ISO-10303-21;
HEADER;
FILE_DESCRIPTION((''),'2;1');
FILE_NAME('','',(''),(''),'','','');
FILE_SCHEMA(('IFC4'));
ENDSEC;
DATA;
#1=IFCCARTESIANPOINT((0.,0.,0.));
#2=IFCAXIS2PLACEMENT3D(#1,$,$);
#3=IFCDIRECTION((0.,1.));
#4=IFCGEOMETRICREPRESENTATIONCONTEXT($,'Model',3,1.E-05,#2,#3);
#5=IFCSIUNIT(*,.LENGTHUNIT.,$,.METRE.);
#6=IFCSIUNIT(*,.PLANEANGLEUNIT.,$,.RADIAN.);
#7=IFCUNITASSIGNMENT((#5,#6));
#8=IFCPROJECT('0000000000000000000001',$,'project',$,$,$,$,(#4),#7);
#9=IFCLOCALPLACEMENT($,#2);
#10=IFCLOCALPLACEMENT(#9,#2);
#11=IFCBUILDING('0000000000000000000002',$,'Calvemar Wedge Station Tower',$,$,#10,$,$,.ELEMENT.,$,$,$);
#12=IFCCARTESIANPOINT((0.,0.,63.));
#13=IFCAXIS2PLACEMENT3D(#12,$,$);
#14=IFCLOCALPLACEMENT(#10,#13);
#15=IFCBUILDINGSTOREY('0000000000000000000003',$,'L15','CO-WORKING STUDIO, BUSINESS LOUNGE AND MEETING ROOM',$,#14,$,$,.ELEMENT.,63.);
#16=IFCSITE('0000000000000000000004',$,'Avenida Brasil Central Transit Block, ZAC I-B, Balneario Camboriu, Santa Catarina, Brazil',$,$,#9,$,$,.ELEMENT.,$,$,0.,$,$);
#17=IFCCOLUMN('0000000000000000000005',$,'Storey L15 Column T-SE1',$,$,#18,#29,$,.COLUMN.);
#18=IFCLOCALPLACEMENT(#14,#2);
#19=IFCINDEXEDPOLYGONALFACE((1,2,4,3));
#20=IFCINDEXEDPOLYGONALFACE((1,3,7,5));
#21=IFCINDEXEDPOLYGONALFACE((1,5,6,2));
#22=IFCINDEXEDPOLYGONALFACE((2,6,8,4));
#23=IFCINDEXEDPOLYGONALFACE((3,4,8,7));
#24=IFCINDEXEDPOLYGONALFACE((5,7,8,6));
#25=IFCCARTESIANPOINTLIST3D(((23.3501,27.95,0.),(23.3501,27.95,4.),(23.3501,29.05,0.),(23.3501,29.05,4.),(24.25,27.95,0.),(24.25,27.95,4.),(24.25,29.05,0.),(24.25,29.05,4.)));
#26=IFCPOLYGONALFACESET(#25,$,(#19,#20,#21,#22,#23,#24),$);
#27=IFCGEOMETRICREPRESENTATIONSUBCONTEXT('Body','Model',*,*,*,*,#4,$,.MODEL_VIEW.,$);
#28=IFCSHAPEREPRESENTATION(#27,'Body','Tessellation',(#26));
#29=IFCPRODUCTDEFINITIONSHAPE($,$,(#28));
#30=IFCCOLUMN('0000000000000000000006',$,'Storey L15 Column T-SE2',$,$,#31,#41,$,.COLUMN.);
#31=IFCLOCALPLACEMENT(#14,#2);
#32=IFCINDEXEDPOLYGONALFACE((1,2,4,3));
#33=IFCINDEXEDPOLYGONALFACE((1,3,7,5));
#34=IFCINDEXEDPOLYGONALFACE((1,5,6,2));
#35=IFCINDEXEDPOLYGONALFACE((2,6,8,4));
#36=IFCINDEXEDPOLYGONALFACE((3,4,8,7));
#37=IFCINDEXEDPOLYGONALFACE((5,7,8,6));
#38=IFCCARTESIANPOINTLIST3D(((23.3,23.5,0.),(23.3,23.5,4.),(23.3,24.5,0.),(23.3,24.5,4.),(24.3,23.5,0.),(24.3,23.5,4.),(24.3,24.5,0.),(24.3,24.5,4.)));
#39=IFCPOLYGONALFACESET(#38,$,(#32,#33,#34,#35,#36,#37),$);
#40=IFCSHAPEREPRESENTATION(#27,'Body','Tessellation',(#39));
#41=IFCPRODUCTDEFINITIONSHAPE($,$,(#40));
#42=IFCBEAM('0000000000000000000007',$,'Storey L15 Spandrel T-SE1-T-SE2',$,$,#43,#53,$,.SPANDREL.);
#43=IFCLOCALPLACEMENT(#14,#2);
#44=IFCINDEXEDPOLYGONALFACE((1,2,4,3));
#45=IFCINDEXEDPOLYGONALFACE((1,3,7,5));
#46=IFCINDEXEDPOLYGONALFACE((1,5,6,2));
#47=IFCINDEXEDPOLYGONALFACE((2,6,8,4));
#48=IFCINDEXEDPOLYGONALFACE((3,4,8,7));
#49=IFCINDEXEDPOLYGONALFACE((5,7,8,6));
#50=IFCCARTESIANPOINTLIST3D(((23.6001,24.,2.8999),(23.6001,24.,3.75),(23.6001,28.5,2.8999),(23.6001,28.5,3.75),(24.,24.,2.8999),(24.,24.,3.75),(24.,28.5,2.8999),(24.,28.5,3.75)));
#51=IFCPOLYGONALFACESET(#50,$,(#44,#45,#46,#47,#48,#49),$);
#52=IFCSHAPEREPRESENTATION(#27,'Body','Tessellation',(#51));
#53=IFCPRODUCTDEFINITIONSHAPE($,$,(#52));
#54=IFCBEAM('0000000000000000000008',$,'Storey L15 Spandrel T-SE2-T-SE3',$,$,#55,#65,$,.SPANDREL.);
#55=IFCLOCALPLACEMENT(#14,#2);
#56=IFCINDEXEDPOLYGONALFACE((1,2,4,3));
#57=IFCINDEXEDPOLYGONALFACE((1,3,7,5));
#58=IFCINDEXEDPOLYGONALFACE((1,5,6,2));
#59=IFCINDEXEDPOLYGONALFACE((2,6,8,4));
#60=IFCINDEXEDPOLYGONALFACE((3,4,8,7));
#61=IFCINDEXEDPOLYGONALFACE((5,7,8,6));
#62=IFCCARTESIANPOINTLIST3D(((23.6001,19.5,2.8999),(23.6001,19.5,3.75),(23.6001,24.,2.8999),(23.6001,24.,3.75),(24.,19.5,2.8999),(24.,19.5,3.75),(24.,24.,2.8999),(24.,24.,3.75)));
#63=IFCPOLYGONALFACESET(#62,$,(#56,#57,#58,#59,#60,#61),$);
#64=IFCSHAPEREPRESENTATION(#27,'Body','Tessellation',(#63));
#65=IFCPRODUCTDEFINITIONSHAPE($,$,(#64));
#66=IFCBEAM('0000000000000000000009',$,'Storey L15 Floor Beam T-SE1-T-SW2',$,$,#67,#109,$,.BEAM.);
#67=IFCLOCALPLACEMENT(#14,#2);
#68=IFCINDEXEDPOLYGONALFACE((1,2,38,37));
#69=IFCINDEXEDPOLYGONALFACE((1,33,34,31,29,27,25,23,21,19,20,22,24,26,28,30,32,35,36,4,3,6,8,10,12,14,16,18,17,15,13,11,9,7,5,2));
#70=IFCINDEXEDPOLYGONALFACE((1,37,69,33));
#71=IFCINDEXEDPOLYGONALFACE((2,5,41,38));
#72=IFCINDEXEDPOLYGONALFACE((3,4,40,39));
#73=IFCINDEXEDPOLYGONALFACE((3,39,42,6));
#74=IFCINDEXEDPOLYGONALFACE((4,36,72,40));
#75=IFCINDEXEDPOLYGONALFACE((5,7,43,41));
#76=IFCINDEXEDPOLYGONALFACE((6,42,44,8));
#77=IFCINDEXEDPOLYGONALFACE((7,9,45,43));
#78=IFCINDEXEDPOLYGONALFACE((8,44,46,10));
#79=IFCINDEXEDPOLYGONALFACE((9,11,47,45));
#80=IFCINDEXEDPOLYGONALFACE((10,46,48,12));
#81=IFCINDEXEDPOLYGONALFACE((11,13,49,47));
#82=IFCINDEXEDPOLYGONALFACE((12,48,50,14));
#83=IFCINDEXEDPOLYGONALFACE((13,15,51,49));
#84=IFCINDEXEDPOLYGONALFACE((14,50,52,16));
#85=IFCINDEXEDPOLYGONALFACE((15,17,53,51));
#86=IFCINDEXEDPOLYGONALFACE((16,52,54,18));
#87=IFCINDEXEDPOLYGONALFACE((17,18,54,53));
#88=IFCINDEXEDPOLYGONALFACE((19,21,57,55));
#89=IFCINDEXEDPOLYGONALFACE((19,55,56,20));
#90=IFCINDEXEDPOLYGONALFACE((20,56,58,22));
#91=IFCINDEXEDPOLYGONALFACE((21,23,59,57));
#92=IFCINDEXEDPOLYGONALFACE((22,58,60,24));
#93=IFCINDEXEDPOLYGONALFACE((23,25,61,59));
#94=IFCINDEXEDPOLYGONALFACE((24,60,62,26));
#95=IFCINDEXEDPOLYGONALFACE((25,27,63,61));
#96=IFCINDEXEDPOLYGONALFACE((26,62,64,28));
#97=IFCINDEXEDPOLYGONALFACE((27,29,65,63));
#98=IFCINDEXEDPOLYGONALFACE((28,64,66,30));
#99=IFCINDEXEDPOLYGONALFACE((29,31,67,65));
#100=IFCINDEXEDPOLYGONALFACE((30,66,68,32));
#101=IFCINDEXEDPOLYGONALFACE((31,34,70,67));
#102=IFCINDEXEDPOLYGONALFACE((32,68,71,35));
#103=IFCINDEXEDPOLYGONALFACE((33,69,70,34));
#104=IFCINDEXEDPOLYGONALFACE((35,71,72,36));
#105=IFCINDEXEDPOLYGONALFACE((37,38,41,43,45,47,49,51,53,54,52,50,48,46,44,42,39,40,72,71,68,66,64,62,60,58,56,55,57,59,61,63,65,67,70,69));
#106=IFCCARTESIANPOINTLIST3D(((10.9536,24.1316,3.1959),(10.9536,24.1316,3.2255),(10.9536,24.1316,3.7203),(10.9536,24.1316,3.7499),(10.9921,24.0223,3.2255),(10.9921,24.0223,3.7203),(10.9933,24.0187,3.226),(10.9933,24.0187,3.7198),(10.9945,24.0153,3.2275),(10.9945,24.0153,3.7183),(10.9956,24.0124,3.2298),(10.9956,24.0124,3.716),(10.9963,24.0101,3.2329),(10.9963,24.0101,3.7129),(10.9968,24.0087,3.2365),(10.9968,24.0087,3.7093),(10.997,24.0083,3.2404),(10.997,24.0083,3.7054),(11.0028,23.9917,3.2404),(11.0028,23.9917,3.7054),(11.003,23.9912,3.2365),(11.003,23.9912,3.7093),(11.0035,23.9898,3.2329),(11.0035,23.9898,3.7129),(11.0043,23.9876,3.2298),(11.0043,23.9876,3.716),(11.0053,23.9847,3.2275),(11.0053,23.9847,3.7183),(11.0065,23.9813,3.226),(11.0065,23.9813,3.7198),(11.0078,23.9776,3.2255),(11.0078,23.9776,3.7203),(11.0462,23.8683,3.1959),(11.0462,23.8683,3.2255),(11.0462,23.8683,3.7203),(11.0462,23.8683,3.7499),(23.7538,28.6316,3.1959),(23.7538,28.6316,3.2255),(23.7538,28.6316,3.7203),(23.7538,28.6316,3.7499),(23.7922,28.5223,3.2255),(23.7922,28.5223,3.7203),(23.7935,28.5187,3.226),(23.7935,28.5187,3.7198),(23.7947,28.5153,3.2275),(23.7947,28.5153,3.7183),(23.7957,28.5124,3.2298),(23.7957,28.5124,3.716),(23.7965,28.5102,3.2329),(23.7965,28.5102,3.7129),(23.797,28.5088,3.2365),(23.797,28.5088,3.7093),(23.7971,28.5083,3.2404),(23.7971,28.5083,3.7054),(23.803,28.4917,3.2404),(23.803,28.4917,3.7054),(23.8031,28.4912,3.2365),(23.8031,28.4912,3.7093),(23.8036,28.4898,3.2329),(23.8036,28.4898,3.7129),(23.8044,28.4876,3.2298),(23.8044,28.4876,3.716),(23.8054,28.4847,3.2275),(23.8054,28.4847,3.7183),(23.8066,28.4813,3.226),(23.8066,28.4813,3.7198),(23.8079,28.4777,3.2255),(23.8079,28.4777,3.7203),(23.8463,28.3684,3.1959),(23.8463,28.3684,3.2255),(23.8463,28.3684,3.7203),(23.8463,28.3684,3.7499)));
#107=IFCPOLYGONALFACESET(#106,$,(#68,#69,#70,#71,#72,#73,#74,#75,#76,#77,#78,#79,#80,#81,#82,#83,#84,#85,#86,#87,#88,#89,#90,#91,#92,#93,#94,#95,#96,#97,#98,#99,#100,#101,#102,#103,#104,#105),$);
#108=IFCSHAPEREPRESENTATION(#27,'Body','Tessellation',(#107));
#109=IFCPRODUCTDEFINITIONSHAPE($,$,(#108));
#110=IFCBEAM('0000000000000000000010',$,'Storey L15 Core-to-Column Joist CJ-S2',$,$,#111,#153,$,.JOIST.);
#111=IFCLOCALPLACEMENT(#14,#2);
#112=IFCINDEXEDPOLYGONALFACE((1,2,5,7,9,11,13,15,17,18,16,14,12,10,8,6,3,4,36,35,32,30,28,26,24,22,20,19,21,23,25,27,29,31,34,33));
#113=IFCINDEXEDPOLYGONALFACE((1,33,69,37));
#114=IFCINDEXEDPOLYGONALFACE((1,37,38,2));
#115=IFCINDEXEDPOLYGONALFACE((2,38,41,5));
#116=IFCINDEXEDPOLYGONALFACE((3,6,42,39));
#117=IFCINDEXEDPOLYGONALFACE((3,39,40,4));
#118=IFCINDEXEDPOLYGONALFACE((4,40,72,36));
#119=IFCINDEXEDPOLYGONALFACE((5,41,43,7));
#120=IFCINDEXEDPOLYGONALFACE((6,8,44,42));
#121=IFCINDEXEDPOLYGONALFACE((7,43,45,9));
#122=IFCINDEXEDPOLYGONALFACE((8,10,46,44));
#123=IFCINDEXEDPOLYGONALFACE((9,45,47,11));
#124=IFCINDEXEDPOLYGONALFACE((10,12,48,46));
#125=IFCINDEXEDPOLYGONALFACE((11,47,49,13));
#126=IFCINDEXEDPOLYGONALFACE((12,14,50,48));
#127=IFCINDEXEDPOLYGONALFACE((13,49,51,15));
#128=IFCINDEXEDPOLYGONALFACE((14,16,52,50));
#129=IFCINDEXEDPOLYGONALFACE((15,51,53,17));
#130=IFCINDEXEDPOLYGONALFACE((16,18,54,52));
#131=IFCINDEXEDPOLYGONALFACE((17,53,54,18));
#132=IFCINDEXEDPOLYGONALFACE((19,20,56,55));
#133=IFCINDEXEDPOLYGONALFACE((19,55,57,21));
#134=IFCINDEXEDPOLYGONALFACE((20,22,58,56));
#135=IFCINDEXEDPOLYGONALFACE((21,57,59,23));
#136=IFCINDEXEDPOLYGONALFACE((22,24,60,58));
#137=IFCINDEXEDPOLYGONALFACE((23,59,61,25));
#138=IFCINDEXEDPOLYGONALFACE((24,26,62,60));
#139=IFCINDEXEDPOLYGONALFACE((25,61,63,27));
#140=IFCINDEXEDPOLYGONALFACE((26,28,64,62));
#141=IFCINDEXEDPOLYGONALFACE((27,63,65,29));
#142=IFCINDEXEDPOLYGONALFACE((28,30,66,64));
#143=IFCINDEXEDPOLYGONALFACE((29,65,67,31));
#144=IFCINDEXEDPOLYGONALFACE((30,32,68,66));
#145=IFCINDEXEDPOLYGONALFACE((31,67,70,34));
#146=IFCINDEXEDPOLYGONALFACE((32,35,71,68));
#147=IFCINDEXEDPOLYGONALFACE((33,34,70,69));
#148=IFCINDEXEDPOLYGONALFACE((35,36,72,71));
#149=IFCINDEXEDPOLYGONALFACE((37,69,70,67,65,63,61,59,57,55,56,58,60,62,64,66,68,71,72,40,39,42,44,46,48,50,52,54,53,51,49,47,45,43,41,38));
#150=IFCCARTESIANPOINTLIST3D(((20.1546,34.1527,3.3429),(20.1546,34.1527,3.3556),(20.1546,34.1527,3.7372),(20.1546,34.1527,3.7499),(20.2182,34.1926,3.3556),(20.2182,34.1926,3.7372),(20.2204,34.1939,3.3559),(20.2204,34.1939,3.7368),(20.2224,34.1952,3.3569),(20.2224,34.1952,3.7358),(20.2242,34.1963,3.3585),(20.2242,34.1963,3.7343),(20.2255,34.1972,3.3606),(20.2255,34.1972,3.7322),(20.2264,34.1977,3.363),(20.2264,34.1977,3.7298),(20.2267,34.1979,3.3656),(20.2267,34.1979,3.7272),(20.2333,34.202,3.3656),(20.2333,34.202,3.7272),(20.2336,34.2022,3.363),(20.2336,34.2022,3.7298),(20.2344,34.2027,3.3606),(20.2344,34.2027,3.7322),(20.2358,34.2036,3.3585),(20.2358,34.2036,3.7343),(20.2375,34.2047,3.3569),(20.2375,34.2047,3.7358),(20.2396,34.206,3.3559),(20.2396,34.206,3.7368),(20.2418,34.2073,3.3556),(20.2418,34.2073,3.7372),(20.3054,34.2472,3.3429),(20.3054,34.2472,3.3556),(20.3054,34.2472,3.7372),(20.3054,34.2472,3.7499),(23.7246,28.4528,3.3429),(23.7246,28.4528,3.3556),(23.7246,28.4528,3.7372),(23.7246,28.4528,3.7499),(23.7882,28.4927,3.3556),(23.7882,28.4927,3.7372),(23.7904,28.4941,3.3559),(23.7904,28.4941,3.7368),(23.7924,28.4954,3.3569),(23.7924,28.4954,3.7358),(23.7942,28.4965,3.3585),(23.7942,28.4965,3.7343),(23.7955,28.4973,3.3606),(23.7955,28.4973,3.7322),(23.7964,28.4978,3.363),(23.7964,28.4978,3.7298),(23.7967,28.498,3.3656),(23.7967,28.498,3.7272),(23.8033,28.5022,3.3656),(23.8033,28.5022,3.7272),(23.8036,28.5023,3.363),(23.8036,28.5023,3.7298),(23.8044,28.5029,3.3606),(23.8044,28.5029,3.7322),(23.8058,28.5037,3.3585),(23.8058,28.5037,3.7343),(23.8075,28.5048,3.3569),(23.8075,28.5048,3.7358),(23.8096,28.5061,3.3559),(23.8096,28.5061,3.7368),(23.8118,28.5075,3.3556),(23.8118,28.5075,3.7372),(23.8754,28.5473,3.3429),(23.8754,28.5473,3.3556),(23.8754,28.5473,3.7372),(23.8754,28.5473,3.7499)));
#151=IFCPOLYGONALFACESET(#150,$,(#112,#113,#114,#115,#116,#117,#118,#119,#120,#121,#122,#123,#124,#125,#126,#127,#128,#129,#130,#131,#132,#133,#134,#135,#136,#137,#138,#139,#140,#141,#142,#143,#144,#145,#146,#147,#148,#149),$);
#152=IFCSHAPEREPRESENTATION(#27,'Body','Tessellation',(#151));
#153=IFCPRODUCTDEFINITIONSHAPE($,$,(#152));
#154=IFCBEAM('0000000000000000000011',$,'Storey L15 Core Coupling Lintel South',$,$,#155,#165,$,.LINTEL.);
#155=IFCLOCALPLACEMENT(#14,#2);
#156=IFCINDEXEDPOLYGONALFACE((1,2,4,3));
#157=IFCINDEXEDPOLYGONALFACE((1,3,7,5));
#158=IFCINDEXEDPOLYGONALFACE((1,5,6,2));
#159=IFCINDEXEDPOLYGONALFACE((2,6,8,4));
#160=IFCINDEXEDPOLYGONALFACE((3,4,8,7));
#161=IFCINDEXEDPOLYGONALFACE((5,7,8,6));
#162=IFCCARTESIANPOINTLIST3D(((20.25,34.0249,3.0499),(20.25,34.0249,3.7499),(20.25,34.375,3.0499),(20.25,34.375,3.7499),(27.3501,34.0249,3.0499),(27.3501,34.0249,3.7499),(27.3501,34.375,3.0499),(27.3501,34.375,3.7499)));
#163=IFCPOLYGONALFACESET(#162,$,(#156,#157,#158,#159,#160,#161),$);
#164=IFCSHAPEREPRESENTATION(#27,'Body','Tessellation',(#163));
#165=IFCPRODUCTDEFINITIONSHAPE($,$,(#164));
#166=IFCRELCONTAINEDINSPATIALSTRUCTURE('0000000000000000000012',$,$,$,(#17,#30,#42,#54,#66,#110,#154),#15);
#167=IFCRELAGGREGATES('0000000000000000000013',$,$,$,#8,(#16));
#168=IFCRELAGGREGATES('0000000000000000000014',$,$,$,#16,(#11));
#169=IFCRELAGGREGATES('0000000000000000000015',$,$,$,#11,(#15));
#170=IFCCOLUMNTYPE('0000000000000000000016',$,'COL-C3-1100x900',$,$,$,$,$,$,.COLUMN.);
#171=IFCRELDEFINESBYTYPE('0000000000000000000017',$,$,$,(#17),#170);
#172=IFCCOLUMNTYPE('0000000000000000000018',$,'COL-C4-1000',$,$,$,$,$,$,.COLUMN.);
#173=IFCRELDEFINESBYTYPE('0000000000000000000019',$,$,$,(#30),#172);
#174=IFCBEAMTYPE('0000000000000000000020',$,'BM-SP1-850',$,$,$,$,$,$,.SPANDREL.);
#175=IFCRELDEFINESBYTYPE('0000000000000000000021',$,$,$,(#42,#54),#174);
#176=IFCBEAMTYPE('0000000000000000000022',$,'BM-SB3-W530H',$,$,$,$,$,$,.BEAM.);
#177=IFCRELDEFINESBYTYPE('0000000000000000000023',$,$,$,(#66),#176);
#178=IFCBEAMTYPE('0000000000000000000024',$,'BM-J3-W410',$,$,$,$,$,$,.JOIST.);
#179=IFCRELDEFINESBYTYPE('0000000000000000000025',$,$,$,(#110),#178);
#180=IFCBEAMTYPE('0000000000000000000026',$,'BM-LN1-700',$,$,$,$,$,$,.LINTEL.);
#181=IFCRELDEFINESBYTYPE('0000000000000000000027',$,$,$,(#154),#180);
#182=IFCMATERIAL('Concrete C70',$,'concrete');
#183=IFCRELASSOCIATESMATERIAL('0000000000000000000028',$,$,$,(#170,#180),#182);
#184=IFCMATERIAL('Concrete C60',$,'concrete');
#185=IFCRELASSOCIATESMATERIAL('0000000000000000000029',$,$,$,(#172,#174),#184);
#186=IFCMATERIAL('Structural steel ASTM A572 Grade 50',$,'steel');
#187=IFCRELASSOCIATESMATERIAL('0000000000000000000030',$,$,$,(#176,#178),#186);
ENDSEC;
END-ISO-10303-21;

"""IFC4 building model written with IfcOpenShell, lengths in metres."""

from ifc_helpers import new_model, si_unit, direction, frame, origin, origin_2d, place, context, subcontext, project, spatial, rectangle, i_section, extrude, source, transform, mapped, material, material_profile, profile_set, type_object, element, save


model = new_model("IFC4")

# Units and contexts
model_context = context("Model", 3, precision=1e-05, world=origin(), true_north=direction((0.0, 1.0)))
body_context = subcontext(model_context, "Body", "Model", "MODEL_VIEW")
ifc_project = project(units=[si_unit("LENGTHUNIT", "METRE"), si_unit("PLANEANGLEUNIT", "RADIAN")], contexts=[model_context])

# Site, building, storey
site_placement = place(None, origin())
site = spatial("IfcSite", under=ifc_project, at=site_placement, Name="Avenida Brasil Central Transit Block, ZAC I-B, Balneario Camboriu, Santa Catarina, Brazil", CompositionType="ELEMENT", RefElevation=0.0)
building_placement = place(site_placement, origin())
building = spatial("IfcBuilding", under=site, at=building_placement, Name="Calvemar Wedge Station Tower", CompositionType="ELEMENT")
storey_placement = place(building_placement, frame((0.0, 0.0, 63.0)))
storey = spatial("IfcBuildingStorey", under=building, at=storey_placement, Name="L15", Description="CO-WORKING STUDIO, BUSINESS LOUNGE AND MEETING ROOM", CompositionType="ELEMENT", Elevation=63.0)

# Columns
ifc_material_1 = material(Name="Concrete C70", Category="concrete")
ifc_material_profile_1 = material_profile(ifc_material_1, rectangle(XDim=0.8999, YDim=1.1001, at=origin_2d()), Name="RC1100x900")
ifc_profile_set_1 = profile_set([ifc_material_profile_1], Name="Concrete C70")
column_type_1 = type_object("IfcColumnType", Name="COL-C3-1100x900", PredefinedType="COLUMN", material=ifc_profile_set_1)
shared_shape_1 = source(origin(), body_context, "Body", "SweptSolid", [
    extrude(rectangle(XDim=0.8999, YDim=1.1001, at=origin_2d()), origin(), (0.0, 0.0, 1.0), 4.0),
])
column_1_placement = place(storey_placement, frame((23.8, 28.5, 0.0), z_axis=(0.0, 0.0, 1.0), x_axis=(1.0, 0.0, 0.0)))
element("IfcColumn", 1, at=column_1_placement, inside=storey, type_object=column_type_1, Name="Storey L15 Column T-SE1", PredefinedType="COLUMN", context=body_context, shape_type="MappedRepresentation", body=[
    mapped(shared_shape_1, transform((0.0, 0.0, 0.0), scale=1.0)),
])
ifc_material_2 = material(Name="Concrete C60", Category="concrete")
ifc_material_profile_2 = material_profile(ifc_material_2, rectangle(XDim=1.0, YDim=1.0, at=origin_2d()), Name="RC1000x1000")
ifc_profile_set_2 = profile_set([ifc_material_profile_2], Name="Concrete C60")
column_type_2 = type_object("IfcColumnType", Name="COL-C4-1000", PredefinedType="COLUMN", material=ifc_profile_set_2)
shared_shape_2 = source(origin(), body_context, "Body", "SweptSolid", [
    extrude(rectangle(XDim=1.0, YDim=1.0, at=origin_2d()), origin(), (0.0, 0.0, 1.0), 4.0),
])
column_2_placement = place(storey_placement, frame((23.8, 24.0, 0.0), z_axis=(0.0, 0.0, 1.0), x_axis=(1.0, 0.0, 0.0)))
element("IfcColumn", 2, at=column_2_placement, inside=storey, type_object=column_type_2, Name="Storey L15 Column T-SE2", PredefinedType="COLUMN", context=body_context, shape_type="MappedRepresentation", body=[
    mapped(shared_shape_2, transform((0.0, 0.0, 0.0), scale=1.0)),
])

# Beams
ifc_material_profile_3 = material_profile(ifc_material_2, rectangle(XDim=0.3999, YDim=0.8501, at=origin_2d()), Name="RC400x850")
ifc_profile_set_3 = profile_set([ifc_material_profile_3], Name="Concrete C60")
beam_type_1 = type_object("IfcBeamType", Name="BM-SP1-850", PredefinedType="SPANDREL", material=ifc_profile_set_3)
shared_shape_3 = source(origin(), body_context, "Body", "SweptSolid", [
    extrude(rectangle(XDim=0.3999, YDim=0.8501, at=origin_2d()), origin(), (0.0, 0.0, 1.0), 4.5),
])
for number, where, z_axis, x_axis, name in (
    (3, (23.8, 28.5, 3.325), (0.0, -1.0, 0.0), (1.0, 0.0, 0.0), "Storey L15 Spandrel T-SE1-T-SE2"),
    (4, (23.8, 24.0, 3.325), (0.0, -1.0, 0.0), (1.0, 0.0, 0.0), "Storey L15 Spandrel T-SE2-T-SE3"),
):
    element("IfcBeam", number, at=place(storey_placement, frame(where, z_axis=z_axis, x_axis=x_axis)), inside=storey, type_object=beam_type_1, Name=name, PredefinedType="SPANDREL", context=body_context, shape_type="MappedRepresentation", body=[
        mapped(shared_shape_3, transform((0.0, 0.0, 0.0), scale=1.0)),
    ])
ifc_material_3 = material(Name="Structural steel ASTM A572 Grade 50", Category="steel")
ifc_material_profile_4 = material_profile(ifc_material_3, i_section(OverallWidth=0.2791, OverallDepth=0.554, WebThickness=0.0176, FlangeThickness=0.0295, FilletRadius=0.0149, at=origin_2d()), Name="W530x196")
ifc_profile_set_4 = profile_set([ifc_material_profile_4], Name="Structural steel ASTM A572 Grade 50")
beam_type_2 = type_object("IfcBeamType", Name="BM-SB3-W530H", PredefinedType="BEAM", material=ifc_profile_set_4)
shared_shape_4 = source(origin(), body_context, "Body", "SweptSolid", [
    extrude(i_section(OverallWidth=0.2791, OverallDepth=0.554, WebThickness=0.0176, FlangeThickness=0.0295, FilletRadius=0.0149, at=origin_2d()), origin(), (0.0, 0.0, 1.0), 13.5681),
])
beam_1_placement = place(storey_placement, frame((23.8, 28.5, 3.4729), z_axis=(-0.943398, -0.331662, 0.0), x_axis=(0.331662, -0.943398, 0.0)))
element("IfcBeam", 5, at=beam_1_placement, inside=storey, type_object=beam_type_2, Name="Storey L15 Floor Beam T-SE1-T-SW2", PredefinedType="BEAM", context=body_context, shape_type="MappedRepresentation", body=[
    mapped(shared_shape_4, transform((0.0, 0.0, 0.0), scale=1.0)),
])
ifc_material_profile_5 = material_profile(ifc_material_3, i_section(OverallWidth=0.178, OverallDepth=0.407, WebThickness=0.0078, FlangeThickness=0.0127, FilletRadius=0.01, at=origin_2d()), Name="W410x60")
ifc_profile_set_5 = profile_set([ifc_material_profile_5], Name="Structural steel ASTM A572 Grade 50")
beam_type_3 = type_object("IfcBeamType", Name="BM-J3-W410", PredefinedType="JOIST", material=ifc_profile_set_5)
shared_shape_5 = source(origin(), body_context, "Body", "SweptSolid", [
    extrude(i_section(OverallWidth=0.178, OverallDepth=0.407, WebThickness=0.0078, FlangeThickness=0.0127, FilletRadius=0.01, at=origin_2d()), origin(), (0.0, 0.0, 1.0), 6.7256),
])
beam_2_placement = place(storey_placement, frame((20.23, 34.2, 3.5464), z_axis=(0.530811, -0.84749, 0.0), x_axis=(0.84749, 0.530811, 0.0)))
element("IfcBeam", 6, at=beam_2_placement, inside=storey, type_object=beam_type_3, Name="Storey L15 Core-to-Column Joist CJ-S2", PredefinedType="JOIST", context=body_context, shape_type="MappedRepresentation", body=[
    mapped(shared_shape_5, transform((0.0, 0.0, 0.0), scale=1.0)),
])
ifc_material_profile_6 = material_profile(ifc_material_1, rectangle(XDim=0.3501, YDim=0.7, at=origin_2d()), Name="RC350x700")
ifc_profile_set_6 = profile_set([ifc_material_profile_6], Name="Concrete C70")
beam_type_4 = type_object("IfcBeamType", Name="BM-LN1-700", PredefinedType="LINTEL", material=ifc_profile_set_6)
shared_shape_6 = source(origin(), body_context, "Body", "SweptSolid", [
    extrude(rectangle(XDim=0.3501, YDim=0.7, at=origin_2d()), origin(), (0.0, 0.0, 1.0), 7.1001),
])
beam_3_placement = place(storey_placement, frame((20.25, 34.2, 3.3999), z_axis=(1.0, 0.0, 0.0), x_axis=(0.0, 1.0, 0.0)))
element("IfcBeam", 7, at=beam_3_placement, inside=storey, type_object=beam_type_4, Name="Storey L15 Core Coupling Lintel South", PredefinedType="LINTEL", context=body_context, shape_type="MappedRepresentation", body=[
    mapped(shared_shape_6, transform((0.0, 0.0, 0.0), scale=1.0)),
])

save(model, "model.ifc")
